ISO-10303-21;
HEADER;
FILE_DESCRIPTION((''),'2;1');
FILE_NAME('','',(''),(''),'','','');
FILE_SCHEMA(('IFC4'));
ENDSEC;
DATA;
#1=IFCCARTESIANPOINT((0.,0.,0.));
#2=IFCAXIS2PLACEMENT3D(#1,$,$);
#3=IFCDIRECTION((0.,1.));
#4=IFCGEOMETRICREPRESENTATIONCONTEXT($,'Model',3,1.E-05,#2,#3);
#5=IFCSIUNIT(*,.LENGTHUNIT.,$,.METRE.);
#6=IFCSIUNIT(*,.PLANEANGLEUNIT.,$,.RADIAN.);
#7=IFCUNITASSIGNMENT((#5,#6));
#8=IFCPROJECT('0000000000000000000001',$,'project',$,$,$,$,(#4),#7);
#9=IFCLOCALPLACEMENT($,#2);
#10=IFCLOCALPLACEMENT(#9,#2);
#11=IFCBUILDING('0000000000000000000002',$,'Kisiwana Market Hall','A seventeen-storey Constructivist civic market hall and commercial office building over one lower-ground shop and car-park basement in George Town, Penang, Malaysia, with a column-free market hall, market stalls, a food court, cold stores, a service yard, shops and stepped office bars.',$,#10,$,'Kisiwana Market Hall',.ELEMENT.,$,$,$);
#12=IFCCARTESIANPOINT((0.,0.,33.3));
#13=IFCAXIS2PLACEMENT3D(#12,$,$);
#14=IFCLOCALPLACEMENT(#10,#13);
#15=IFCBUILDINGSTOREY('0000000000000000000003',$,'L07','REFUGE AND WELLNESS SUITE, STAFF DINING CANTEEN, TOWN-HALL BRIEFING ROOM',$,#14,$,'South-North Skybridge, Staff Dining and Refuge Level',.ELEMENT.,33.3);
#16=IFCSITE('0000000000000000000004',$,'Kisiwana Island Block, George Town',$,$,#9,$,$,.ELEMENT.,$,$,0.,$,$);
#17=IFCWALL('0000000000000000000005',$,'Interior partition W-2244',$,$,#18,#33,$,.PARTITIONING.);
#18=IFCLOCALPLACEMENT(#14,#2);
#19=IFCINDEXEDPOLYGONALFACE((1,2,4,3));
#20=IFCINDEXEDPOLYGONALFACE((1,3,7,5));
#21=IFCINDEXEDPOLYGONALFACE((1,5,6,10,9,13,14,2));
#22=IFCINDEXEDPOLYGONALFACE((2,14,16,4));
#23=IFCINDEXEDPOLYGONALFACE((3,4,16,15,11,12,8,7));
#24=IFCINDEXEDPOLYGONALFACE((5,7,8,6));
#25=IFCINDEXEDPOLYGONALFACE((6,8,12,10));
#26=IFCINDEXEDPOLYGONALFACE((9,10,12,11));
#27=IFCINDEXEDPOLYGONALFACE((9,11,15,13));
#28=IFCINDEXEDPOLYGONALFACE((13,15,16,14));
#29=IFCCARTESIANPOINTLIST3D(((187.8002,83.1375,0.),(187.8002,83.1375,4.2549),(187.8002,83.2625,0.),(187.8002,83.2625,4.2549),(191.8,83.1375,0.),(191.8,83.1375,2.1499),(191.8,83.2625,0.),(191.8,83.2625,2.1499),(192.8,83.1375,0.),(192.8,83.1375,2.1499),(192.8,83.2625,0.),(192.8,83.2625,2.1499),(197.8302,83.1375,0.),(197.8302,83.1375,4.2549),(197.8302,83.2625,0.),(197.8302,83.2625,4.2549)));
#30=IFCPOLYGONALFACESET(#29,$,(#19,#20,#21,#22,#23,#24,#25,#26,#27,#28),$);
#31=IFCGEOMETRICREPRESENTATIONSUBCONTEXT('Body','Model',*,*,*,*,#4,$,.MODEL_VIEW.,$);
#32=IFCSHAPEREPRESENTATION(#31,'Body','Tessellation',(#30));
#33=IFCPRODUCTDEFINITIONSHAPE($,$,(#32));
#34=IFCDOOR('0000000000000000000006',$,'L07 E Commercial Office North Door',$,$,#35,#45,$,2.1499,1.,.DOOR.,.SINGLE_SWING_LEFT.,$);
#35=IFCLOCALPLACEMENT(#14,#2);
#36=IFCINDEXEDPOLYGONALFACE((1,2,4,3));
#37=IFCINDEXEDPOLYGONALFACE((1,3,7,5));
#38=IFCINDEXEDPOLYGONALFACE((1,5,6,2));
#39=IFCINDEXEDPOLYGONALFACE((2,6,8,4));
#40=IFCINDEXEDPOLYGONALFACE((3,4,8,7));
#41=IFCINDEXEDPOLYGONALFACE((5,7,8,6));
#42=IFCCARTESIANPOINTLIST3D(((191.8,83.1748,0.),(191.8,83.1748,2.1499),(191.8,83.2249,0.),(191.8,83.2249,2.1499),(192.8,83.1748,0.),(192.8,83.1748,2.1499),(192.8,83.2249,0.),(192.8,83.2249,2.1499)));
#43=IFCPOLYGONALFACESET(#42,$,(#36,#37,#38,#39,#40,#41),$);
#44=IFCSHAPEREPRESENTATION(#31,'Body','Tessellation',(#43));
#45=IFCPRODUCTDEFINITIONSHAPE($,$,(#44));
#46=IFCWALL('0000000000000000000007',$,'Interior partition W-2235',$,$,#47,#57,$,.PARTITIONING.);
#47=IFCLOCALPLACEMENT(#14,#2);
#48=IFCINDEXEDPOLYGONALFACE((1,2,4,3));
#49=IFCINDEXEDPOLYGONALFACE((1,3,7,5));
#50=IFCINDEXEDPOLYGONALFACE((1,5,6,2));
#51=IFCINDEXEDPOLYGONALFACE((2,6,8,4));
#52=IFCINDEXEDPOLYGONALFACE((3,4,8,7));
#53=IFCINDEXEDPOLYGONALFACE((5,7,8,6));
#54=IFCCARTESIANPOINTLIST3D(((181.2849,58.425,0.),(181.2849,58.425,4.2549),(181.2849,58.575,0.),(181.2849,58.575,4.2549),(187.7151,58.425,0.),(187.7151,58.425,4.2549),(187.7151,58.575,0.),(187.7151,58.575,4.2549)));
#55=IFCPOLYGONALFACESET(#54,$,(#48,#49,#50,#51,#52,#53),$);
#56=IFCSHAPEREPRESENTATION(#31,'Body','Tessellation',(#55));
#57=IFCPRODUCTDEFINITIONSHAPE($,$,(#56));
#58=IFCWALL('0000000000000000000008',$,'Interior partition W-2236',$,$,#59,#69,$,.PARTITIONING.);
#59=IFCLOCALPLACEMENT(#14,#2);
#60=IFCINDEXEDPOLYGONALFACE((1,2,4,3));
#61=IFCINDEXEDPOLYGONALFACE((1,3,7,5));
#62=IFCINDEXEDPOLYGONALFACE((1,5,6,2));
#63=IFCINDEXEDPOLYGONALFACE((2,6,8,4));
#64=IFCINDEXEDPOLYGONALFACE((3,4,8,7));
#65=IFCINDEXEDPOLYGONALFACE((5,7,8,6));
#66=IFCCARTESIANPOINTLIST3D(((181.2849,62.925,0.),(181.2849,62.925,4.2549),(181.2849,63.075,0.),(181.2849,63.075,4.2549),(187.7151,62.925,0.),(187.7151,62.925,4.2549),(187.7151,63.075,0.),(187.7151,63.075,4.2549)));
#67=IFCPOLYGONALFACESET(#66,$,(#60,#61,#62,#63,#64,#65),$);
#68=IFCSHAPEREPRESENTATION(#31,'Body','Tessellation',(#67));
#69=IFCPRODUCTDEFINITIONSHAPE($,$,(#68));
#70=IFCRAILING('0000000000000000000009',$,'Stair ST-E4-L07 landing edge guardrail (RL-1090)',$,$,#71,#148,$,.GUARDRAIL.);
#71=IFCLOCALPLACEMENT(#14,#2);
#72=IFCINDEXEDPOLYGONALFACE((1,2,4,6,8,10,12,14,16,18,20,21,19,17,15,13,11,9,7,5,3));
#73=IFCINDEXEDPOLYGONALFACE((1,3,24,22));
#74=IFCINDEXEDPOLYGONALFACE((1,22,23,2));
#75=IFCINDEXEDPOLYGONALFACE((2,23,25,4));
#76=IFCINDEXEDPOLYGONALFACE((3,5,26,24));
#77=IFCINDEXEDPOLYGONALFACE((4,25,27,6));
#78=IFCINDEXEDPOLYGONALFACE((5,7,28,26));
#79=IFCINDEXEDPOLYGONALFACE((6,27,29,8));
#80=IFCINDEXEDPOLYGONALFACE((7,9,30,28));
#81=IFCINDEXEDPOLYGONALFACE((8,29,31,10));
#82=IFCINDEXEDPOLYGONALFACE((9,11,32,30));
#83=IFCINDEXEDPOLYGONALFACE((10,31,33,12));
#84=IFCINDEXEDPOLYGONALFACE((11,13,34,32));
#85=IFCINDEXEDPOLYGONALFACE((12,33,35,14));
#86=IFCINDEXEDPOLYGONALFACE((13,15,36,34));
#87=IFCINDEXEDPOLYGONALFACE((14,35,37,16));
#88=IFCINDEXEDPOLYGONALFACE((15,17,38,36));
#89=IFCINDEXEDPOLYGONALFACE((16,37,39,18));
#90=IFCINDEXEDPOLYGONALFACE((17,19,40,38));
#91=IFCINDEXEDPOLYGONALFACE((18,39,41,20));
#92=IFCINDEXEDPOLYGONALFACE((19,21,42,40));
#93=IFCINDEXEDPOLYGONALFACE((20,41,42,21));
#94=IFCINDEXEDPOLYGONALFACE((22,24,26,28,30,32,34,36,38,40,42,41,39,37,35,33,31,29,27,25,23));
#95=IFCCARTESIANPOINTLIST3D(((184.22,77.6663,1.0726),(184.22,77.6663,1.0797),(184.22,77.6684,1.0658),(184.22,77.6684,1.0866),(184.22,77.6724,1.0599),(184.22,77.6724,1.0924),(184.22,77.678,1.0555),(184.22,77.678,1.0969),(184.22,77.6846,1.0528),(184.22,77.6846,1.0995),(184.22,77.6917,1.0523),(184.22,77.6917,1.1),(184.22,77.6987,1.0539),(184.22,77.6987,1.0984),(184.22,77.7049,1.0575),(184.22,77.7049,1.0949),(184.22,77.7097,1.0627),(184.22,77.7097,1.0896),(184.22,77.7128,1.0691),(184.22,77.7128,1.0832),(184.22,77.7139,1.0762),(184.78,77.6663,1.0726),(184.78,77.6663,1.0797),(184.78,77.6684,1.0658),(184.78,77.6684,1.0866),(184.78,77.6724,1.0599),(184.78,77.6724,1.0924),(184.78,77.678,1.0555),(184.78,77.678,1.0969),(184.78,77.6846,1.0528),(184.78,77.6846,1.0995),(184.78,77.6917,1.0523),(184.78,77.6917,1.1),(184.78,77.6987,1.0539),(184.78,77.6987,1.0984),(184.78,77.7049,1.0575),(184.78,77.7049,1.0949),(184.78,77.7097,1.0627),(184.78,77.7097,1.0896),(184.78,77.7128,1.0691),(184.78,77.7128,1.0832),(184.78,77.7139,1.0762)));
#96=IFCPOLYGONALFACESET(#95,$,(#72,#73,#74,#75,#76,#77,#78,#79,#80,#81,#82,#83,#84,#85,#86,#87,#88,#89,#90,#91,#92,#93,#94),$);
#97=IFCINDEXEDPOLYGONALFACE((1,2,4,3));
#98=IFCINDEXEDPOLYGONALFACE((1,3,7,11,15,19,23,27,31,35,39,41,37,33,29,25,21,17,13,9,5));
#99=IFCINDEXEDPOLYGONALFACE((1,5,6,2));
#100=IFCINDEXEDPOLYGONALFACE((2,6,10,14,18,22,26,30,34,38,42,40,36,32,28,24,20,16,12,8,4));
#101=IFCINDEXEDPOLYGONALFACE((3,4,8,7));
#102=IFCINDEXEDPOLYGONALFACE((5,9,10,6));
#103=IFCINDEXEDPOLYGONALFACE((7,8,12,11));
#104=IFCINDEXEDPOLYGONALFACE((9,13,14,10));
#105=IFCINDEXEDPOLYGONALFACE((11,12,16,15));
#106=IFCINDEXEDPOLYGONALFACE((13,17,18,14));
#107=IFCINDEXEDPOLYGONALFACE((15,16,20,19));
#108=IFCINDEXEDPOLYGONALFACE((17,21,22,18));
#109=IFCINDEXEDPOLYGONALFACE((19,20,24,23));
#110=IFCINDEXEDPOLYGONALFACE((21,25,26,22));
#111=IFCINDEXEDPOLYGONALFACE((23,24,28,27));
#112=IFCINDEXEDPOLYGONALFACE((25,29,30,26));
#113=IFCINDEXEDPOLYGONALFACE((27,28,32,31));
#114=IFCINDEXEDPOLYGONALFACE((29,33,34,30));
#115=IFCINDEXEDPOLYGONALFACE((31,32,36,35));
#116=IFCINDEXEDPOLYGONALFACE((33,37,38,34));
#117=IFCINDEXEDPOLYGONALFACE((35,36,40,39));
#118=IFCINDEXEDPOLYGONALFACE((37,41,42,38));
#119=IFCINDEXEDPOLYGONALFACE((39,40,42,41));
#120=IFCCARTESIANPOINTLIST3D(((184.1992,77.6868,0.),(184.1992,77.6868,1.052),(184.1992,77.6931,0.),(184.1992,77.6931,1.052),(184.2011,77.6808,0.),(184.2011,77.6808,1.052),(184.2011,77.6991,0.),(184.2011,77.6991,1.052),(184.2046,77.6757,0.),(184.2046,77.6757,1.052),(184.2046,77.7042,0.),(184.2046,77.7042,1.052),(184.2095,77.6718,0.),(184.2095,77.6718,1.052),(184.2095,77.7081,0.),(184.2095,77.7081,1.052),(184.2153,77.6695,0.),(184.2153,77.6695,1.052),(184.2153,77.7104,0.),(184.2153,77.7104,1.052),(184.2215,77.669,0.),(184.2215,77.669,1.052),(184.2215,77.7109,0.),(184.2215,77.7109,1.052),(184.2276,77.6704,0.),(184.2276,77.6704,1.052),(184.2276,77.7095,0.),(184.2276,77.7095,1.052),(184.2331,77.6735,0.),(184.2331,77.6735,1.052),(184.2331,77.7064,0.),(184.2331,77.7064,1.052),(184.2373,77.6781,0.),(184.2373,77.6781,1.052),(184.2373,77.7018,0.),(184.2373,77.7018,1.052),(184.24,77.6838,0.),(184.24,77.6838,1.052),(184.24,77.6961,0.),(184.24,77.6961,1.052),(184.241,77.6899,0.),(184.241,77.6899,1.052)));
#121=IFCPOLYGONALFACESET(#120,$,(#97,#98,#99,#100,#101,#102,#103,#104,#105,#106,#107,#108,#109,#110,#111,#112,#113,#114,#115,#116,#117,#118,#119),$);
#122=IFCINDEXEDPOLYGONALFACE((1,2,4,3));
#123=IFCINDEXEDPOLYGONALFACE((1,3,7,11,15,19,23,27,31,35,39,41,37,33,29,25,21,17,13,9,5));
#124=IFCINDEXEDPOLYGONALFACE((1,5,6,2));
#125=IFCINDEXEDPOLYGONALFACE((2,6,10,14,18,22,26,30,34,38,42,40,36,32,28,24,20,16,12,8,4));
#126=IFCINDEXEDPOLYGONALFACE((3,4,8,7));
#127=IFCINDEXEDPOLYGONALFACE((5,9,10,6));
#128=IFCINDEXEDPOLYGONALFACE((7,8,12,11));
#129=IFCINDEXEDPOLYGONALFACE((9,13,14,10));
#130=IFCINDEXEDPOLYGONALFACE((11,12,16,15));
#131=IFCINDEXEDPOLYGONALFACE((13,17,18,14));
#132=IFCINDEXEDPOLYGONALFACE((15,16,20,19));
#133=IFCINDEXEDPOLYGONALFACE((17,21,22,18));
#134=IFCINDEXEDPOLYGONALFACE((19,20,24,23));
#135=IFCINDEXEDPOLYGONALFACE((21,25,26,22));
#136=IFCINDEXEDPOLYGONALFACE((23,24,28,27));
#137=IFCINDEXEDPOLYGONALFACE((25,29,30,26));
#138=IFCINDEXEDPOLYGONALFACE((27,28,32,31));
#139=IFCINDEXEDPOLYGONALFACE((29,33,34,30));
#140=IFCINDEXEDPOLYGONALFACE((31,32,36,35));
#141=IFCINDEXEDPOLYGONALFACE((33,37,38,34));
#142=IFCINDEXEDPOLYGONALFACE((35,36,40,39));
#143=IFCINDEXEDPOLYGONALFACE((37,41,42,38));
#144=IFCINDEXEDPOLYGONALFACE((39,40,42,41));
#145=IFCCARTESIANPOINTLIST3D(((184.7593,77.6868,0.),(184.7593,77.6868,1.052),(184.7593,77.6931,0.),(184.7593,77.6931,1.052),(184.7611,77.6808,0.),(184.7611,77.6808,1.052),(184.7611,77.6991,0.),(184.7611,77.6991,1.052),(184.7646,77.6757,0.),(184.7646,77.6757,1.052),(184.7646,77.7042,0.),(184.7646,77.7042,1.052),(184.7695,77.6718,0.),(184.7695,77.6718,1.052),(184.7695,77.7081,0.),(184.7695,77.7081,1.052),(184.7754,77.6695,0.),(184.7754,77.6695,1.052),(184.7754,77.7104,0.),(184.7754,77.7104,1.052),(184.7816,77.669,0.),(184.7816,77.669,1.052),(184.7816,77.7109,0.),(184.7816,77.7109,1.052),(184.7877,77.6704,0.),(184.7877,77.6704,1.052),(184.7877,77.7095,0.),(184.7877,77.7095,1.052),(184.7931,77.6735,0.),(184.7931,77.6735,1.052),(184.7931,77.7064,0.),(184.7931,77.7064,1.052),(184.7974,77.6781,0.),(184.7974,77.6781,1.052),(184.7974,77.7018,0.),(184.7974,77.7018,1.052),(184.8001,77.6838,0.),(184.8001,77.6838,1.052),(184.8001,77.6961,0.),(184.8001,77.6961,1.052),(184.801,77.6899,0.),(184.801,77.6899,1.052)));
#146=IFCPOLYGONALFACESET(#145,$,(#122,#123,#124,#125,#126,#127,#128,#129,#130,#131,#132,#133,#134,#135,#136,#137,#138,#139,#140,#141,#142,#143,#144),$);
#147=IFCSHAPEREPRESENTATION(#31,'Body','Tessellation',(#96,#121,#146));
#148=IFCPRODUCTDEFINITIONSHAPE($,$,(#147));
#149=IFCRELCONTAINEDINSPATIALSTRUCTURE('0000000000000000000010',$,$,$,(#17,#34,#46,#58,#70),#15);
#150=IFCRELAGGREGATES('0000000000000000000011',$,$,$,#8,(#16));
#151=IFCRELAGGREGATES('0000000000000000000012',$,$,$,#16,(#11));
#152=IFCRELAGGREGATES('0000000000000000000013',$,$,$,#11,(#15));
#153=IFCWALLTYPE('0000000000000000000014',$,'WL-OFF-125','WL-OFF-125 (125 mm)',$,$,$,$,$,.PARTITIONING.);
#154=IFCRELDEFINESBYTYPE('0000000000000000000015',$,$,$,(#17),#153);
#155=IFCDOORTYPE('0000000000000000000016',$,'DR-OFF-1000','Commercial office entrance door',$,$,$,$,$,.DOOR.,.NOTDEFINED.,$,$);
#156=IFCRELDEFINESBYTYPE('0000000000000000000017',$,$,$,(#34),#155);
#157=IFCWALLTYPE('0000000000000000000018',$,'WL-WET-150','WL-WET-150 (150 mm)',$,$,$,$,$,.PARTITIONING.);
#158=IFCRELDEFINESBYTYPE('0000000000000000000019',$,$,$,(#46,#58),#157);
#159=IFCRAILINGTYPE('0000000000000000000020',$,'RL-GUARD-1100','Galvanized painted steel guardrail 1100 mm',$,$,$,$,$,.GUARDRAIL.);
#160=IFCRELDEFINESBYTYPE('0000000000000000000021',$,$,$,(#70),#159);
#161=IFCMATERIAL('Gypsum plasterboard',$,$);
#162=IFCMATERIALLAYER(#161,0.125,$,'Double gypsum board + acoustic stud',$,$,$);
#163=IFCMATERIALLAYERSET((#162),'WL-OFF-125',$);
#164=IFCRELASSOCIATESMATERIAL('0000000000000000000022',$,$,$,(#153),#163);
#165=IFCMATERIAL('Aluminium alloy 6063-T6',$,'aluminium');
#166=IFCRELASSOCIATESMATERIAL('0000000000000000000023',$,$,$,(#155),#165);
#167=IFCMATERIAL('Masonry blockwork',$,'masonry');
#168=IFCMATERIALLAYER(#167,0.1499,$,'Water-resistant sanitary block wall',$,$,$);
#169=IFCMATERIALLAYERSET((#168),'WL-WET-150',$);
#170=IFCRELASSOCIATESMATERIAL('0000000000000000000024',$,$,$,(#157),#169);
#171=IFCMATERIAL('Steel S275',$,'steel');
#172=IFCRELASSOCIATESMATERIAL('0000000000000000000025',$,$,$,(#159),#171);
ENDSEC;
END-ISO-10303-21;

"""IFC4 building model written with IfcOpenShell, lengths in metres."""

from ifc_helpers import new_model, si_unit, direction, frame, frame_2d, origin, origin_2d, place, context, subcontext, project, spatial, rectangle, circle, extrude, material, layer, layer_set, type_object, element, fill, save


model = new_model("IFC4")

# Units and contexts
model_context = context("Model", 3, precision=1e-05, world=origin(), true_north=direction((0.0, 1.0)))
body_context = subcontext(model_context, "Body", "Model", "MODEL_VIEW")
ifc_project = project(units=[si_unit("LENGTHUNIT", "METRE"), si_unit("PLANEANGLEUNIT", "RADIAN")], contexts=[model_context])

# Site, building, storey
site_placement = place(None, origin())
site = spatial("IfcSite", under=ifc_project, at=site_placement, Name="Kisiwana Island Block, George Town", CompositionType="ELEMENT", RefElevation=0.0)
building_placement = place(site_placement, origin())
building = spatial("IfcBuilding", under=site, at=building_placement, Name="Kisiwana Market Hall", Description="A seventeen-storey Constructivist civic market hall and commercial office building over one lower-ground shop and car-park basement in George Town, Penang, Malaysia, with a column-free market hall, market stalls, a food court, cold stores, a service yard, shops and stepped office bars.", LongName="Kisiwana Market Hall", CompositionType="ELEMENT")
storey_placement = place(building_placement, frame((0.0, 0.0, 33.3)))
storey = spatial("IfcBuildingStorey", under=building, at=storey_placement, Name="L07", Description="REFUGE AND WELLNESS SUITE, STAFF DINING CANTEEN, TOWN-HALL BRIEFING ROOM", LongName="South-North Skybridge, Staff Dining and Refuge Level", CompositionType="ELEMENT", Elevation=33.3)

# Shared definitions
ifc_material_1 = material(Name="Gypsum plasterboard")
ifc_layer_1 = layer(ifc_material_1, 0.125, Name="Double gypsum board + acoustic stud")
ifc_layer_set_1 = layer_set([ifc_layer_1], Name="WL-OFF-125")
wall_type_1 = type_object("IfcWallType", Name="WL-OFF-125", Description="WL-OFF-125 (125 mm)", PredefinedType="PARTITIONING", material=ifc_layer_set_1)

# Wall, opening, door
wall_1_placement = place(storey_placement, frame((187.8, 83.2, 0.0), z_axis=(0.0, 0.0, 1.0), x_axis=(1.0, 0.0, 0.0)))
wall_1 = element("IfcWall", 1, at=wall_1_placement, inside=storey, type_object=wall_type_1, Name="Interior partition W-2244", PredefinedType="PARTITIONING", context=body_context, shape_type="SweptSolid", body=[
    extrude(rectangle(XDim=10.03, YDim=0.125, at=frame_2d((5.0151, 0.0))), origin(), (0.0, 0.0, 1.0), 4.2549),
])
opening_1_placement = place(wall_1_placement, frame((4.0, 0.0, 0.0)))
opening_1 = element("IfcOpeningElement", 2, at=opening_1_placement, cuts=wall_1, PredefinedType="OPENING", context=body_context, shape_type="SweptSolid", body=[
    extrude(rectangle(XDim=1.0, YDim=2.1499, at=frame_2d((0.5, 1.075))), frame((0.0, 0.0745, 0.0), z_axis=(0.0, -1.0, 0.0), x_axis=(1.0, 0.0, 0.0)), (0.0, 0.0, 1.0), 0.1489),
])
ifc_material_2 = material(Name="Aluminium alloy 6063-T6", Category="aluminium")
door_type = type_object("IfcDoorType", Name="DR-OFF-1000", Description="Commercial office entrance door", OperationType="NOTDEFINED", PredefinedType="DOOR", material=ifc_material_2)
door_placement = place(opening_1_placement, origin())
door = element("IfcDoor", 3, at=door_placement, inside=storey, type_object=door_type, Name="L07 E Commercial Office North Door", OperationType="SINGLE_SWING_LEFT", OverallHeight=2.1499, OverallWidth=1.0, PredefinedType="DOOR", context=body_context, shape_type="SweptSolid", body=[
    extrude(rectangle(XDim=1.0, YDim=2.1499, at=frame_2d((0.5, 1.075))), frame((0.0, 0.0249, 0.0), z_axis=(0.0, -1.0, 0.0), x_axis=(1.0, 0.0, 0.0)), (0.0, 0.0, 1.0), 0.05),
])
fill(opening_1, door)

# Walls
ifc_material_3 = material(Name="Masonry blockwork", Category="masonry")
ifc_layer_2 = layer(ifc_material_3, 0.1499, Name="Water-resistant sanitary block wall")
ifc_layer_set_2 = layer_set([ifc_layer_2], Name="WL-WET-150")
wall_type_2 = type_object("IfcWallType", Name="WL-WET-150", Description="WL-WET-150 (150 mm)", PredefinedType="PARTITIONING", material=ifc_layer_set_2)
for number, where, z_axis, x_axis, name in (
    (4, (181.2849, 58.5, 0.0), (0.0, 0.0, 1.0), (1.0, 0.0, 0.0), "Interior partition W-2235"),
    (5, (181.2849, 63.0, 0.0), (0.0, 0.0, 1.0), (1.0, 0.0, 0.0), "Interior partition W-2236"),
):
    element("IfcWall", number, at=place(storey_placement, frame(where, z_axis=z_axis, x_axis=x_axis)), inside=storey, type_object=wall_type_2, Name=name, PredefinedType="PARTITIONING", context=body_context, shape_type="SweptSolid", body=[
        extrude(rectangle(XDim=6.4302, YDim=0.1499, at=frame_2d((3.2151, 0.0))), origin(), (0.0, 0.0, 1.0), 4.2549),
    ])

# Railing
ifc_material_4 = material(Name="Steel S275", Category="steel")
railing_type_1 = type_object("IfcRailingType", Name="RL-GUARD-1100", Description="Galvanized painted steel guardrail 1100 mm", PredefinedType="GUARDRAIL", material=ifc_material_4)
railing_1_placement = place(storey_placement, frame((184.22, 77.6899, 0.0)))
element("IfcRailing", 6, at=railing_1_placement, inside=storey, type_object=railing_type_1, Name="Stair ST-E4-L07 landing edge guardrail (RL-1090)", PredefinedType="GUARDRAIL", context=body_context, shape_type="SweptSolid", body=[
    extrude(circle(Radius=0.0239, at=origin_2d()), frame((0.0, 0.0, 1.0762), z_axis=(1.0, 0.0, 0.0), x_axis=(0.0, 1.0, 0.0)), (0.0, 0.0, 1.0), 0.5601),
    extrude(circle(Radius=0.021, at=origin_2d()), origin(), (0.0, 0.0, 1.0), 1.052),
    extrude(circle(Radius=0.021, at=origin_2d()), frame((0.5601, 0.0, 0.0)), (0.0, 0.0, 1.0), 1.052),
])

save(model, "model.ifc")
